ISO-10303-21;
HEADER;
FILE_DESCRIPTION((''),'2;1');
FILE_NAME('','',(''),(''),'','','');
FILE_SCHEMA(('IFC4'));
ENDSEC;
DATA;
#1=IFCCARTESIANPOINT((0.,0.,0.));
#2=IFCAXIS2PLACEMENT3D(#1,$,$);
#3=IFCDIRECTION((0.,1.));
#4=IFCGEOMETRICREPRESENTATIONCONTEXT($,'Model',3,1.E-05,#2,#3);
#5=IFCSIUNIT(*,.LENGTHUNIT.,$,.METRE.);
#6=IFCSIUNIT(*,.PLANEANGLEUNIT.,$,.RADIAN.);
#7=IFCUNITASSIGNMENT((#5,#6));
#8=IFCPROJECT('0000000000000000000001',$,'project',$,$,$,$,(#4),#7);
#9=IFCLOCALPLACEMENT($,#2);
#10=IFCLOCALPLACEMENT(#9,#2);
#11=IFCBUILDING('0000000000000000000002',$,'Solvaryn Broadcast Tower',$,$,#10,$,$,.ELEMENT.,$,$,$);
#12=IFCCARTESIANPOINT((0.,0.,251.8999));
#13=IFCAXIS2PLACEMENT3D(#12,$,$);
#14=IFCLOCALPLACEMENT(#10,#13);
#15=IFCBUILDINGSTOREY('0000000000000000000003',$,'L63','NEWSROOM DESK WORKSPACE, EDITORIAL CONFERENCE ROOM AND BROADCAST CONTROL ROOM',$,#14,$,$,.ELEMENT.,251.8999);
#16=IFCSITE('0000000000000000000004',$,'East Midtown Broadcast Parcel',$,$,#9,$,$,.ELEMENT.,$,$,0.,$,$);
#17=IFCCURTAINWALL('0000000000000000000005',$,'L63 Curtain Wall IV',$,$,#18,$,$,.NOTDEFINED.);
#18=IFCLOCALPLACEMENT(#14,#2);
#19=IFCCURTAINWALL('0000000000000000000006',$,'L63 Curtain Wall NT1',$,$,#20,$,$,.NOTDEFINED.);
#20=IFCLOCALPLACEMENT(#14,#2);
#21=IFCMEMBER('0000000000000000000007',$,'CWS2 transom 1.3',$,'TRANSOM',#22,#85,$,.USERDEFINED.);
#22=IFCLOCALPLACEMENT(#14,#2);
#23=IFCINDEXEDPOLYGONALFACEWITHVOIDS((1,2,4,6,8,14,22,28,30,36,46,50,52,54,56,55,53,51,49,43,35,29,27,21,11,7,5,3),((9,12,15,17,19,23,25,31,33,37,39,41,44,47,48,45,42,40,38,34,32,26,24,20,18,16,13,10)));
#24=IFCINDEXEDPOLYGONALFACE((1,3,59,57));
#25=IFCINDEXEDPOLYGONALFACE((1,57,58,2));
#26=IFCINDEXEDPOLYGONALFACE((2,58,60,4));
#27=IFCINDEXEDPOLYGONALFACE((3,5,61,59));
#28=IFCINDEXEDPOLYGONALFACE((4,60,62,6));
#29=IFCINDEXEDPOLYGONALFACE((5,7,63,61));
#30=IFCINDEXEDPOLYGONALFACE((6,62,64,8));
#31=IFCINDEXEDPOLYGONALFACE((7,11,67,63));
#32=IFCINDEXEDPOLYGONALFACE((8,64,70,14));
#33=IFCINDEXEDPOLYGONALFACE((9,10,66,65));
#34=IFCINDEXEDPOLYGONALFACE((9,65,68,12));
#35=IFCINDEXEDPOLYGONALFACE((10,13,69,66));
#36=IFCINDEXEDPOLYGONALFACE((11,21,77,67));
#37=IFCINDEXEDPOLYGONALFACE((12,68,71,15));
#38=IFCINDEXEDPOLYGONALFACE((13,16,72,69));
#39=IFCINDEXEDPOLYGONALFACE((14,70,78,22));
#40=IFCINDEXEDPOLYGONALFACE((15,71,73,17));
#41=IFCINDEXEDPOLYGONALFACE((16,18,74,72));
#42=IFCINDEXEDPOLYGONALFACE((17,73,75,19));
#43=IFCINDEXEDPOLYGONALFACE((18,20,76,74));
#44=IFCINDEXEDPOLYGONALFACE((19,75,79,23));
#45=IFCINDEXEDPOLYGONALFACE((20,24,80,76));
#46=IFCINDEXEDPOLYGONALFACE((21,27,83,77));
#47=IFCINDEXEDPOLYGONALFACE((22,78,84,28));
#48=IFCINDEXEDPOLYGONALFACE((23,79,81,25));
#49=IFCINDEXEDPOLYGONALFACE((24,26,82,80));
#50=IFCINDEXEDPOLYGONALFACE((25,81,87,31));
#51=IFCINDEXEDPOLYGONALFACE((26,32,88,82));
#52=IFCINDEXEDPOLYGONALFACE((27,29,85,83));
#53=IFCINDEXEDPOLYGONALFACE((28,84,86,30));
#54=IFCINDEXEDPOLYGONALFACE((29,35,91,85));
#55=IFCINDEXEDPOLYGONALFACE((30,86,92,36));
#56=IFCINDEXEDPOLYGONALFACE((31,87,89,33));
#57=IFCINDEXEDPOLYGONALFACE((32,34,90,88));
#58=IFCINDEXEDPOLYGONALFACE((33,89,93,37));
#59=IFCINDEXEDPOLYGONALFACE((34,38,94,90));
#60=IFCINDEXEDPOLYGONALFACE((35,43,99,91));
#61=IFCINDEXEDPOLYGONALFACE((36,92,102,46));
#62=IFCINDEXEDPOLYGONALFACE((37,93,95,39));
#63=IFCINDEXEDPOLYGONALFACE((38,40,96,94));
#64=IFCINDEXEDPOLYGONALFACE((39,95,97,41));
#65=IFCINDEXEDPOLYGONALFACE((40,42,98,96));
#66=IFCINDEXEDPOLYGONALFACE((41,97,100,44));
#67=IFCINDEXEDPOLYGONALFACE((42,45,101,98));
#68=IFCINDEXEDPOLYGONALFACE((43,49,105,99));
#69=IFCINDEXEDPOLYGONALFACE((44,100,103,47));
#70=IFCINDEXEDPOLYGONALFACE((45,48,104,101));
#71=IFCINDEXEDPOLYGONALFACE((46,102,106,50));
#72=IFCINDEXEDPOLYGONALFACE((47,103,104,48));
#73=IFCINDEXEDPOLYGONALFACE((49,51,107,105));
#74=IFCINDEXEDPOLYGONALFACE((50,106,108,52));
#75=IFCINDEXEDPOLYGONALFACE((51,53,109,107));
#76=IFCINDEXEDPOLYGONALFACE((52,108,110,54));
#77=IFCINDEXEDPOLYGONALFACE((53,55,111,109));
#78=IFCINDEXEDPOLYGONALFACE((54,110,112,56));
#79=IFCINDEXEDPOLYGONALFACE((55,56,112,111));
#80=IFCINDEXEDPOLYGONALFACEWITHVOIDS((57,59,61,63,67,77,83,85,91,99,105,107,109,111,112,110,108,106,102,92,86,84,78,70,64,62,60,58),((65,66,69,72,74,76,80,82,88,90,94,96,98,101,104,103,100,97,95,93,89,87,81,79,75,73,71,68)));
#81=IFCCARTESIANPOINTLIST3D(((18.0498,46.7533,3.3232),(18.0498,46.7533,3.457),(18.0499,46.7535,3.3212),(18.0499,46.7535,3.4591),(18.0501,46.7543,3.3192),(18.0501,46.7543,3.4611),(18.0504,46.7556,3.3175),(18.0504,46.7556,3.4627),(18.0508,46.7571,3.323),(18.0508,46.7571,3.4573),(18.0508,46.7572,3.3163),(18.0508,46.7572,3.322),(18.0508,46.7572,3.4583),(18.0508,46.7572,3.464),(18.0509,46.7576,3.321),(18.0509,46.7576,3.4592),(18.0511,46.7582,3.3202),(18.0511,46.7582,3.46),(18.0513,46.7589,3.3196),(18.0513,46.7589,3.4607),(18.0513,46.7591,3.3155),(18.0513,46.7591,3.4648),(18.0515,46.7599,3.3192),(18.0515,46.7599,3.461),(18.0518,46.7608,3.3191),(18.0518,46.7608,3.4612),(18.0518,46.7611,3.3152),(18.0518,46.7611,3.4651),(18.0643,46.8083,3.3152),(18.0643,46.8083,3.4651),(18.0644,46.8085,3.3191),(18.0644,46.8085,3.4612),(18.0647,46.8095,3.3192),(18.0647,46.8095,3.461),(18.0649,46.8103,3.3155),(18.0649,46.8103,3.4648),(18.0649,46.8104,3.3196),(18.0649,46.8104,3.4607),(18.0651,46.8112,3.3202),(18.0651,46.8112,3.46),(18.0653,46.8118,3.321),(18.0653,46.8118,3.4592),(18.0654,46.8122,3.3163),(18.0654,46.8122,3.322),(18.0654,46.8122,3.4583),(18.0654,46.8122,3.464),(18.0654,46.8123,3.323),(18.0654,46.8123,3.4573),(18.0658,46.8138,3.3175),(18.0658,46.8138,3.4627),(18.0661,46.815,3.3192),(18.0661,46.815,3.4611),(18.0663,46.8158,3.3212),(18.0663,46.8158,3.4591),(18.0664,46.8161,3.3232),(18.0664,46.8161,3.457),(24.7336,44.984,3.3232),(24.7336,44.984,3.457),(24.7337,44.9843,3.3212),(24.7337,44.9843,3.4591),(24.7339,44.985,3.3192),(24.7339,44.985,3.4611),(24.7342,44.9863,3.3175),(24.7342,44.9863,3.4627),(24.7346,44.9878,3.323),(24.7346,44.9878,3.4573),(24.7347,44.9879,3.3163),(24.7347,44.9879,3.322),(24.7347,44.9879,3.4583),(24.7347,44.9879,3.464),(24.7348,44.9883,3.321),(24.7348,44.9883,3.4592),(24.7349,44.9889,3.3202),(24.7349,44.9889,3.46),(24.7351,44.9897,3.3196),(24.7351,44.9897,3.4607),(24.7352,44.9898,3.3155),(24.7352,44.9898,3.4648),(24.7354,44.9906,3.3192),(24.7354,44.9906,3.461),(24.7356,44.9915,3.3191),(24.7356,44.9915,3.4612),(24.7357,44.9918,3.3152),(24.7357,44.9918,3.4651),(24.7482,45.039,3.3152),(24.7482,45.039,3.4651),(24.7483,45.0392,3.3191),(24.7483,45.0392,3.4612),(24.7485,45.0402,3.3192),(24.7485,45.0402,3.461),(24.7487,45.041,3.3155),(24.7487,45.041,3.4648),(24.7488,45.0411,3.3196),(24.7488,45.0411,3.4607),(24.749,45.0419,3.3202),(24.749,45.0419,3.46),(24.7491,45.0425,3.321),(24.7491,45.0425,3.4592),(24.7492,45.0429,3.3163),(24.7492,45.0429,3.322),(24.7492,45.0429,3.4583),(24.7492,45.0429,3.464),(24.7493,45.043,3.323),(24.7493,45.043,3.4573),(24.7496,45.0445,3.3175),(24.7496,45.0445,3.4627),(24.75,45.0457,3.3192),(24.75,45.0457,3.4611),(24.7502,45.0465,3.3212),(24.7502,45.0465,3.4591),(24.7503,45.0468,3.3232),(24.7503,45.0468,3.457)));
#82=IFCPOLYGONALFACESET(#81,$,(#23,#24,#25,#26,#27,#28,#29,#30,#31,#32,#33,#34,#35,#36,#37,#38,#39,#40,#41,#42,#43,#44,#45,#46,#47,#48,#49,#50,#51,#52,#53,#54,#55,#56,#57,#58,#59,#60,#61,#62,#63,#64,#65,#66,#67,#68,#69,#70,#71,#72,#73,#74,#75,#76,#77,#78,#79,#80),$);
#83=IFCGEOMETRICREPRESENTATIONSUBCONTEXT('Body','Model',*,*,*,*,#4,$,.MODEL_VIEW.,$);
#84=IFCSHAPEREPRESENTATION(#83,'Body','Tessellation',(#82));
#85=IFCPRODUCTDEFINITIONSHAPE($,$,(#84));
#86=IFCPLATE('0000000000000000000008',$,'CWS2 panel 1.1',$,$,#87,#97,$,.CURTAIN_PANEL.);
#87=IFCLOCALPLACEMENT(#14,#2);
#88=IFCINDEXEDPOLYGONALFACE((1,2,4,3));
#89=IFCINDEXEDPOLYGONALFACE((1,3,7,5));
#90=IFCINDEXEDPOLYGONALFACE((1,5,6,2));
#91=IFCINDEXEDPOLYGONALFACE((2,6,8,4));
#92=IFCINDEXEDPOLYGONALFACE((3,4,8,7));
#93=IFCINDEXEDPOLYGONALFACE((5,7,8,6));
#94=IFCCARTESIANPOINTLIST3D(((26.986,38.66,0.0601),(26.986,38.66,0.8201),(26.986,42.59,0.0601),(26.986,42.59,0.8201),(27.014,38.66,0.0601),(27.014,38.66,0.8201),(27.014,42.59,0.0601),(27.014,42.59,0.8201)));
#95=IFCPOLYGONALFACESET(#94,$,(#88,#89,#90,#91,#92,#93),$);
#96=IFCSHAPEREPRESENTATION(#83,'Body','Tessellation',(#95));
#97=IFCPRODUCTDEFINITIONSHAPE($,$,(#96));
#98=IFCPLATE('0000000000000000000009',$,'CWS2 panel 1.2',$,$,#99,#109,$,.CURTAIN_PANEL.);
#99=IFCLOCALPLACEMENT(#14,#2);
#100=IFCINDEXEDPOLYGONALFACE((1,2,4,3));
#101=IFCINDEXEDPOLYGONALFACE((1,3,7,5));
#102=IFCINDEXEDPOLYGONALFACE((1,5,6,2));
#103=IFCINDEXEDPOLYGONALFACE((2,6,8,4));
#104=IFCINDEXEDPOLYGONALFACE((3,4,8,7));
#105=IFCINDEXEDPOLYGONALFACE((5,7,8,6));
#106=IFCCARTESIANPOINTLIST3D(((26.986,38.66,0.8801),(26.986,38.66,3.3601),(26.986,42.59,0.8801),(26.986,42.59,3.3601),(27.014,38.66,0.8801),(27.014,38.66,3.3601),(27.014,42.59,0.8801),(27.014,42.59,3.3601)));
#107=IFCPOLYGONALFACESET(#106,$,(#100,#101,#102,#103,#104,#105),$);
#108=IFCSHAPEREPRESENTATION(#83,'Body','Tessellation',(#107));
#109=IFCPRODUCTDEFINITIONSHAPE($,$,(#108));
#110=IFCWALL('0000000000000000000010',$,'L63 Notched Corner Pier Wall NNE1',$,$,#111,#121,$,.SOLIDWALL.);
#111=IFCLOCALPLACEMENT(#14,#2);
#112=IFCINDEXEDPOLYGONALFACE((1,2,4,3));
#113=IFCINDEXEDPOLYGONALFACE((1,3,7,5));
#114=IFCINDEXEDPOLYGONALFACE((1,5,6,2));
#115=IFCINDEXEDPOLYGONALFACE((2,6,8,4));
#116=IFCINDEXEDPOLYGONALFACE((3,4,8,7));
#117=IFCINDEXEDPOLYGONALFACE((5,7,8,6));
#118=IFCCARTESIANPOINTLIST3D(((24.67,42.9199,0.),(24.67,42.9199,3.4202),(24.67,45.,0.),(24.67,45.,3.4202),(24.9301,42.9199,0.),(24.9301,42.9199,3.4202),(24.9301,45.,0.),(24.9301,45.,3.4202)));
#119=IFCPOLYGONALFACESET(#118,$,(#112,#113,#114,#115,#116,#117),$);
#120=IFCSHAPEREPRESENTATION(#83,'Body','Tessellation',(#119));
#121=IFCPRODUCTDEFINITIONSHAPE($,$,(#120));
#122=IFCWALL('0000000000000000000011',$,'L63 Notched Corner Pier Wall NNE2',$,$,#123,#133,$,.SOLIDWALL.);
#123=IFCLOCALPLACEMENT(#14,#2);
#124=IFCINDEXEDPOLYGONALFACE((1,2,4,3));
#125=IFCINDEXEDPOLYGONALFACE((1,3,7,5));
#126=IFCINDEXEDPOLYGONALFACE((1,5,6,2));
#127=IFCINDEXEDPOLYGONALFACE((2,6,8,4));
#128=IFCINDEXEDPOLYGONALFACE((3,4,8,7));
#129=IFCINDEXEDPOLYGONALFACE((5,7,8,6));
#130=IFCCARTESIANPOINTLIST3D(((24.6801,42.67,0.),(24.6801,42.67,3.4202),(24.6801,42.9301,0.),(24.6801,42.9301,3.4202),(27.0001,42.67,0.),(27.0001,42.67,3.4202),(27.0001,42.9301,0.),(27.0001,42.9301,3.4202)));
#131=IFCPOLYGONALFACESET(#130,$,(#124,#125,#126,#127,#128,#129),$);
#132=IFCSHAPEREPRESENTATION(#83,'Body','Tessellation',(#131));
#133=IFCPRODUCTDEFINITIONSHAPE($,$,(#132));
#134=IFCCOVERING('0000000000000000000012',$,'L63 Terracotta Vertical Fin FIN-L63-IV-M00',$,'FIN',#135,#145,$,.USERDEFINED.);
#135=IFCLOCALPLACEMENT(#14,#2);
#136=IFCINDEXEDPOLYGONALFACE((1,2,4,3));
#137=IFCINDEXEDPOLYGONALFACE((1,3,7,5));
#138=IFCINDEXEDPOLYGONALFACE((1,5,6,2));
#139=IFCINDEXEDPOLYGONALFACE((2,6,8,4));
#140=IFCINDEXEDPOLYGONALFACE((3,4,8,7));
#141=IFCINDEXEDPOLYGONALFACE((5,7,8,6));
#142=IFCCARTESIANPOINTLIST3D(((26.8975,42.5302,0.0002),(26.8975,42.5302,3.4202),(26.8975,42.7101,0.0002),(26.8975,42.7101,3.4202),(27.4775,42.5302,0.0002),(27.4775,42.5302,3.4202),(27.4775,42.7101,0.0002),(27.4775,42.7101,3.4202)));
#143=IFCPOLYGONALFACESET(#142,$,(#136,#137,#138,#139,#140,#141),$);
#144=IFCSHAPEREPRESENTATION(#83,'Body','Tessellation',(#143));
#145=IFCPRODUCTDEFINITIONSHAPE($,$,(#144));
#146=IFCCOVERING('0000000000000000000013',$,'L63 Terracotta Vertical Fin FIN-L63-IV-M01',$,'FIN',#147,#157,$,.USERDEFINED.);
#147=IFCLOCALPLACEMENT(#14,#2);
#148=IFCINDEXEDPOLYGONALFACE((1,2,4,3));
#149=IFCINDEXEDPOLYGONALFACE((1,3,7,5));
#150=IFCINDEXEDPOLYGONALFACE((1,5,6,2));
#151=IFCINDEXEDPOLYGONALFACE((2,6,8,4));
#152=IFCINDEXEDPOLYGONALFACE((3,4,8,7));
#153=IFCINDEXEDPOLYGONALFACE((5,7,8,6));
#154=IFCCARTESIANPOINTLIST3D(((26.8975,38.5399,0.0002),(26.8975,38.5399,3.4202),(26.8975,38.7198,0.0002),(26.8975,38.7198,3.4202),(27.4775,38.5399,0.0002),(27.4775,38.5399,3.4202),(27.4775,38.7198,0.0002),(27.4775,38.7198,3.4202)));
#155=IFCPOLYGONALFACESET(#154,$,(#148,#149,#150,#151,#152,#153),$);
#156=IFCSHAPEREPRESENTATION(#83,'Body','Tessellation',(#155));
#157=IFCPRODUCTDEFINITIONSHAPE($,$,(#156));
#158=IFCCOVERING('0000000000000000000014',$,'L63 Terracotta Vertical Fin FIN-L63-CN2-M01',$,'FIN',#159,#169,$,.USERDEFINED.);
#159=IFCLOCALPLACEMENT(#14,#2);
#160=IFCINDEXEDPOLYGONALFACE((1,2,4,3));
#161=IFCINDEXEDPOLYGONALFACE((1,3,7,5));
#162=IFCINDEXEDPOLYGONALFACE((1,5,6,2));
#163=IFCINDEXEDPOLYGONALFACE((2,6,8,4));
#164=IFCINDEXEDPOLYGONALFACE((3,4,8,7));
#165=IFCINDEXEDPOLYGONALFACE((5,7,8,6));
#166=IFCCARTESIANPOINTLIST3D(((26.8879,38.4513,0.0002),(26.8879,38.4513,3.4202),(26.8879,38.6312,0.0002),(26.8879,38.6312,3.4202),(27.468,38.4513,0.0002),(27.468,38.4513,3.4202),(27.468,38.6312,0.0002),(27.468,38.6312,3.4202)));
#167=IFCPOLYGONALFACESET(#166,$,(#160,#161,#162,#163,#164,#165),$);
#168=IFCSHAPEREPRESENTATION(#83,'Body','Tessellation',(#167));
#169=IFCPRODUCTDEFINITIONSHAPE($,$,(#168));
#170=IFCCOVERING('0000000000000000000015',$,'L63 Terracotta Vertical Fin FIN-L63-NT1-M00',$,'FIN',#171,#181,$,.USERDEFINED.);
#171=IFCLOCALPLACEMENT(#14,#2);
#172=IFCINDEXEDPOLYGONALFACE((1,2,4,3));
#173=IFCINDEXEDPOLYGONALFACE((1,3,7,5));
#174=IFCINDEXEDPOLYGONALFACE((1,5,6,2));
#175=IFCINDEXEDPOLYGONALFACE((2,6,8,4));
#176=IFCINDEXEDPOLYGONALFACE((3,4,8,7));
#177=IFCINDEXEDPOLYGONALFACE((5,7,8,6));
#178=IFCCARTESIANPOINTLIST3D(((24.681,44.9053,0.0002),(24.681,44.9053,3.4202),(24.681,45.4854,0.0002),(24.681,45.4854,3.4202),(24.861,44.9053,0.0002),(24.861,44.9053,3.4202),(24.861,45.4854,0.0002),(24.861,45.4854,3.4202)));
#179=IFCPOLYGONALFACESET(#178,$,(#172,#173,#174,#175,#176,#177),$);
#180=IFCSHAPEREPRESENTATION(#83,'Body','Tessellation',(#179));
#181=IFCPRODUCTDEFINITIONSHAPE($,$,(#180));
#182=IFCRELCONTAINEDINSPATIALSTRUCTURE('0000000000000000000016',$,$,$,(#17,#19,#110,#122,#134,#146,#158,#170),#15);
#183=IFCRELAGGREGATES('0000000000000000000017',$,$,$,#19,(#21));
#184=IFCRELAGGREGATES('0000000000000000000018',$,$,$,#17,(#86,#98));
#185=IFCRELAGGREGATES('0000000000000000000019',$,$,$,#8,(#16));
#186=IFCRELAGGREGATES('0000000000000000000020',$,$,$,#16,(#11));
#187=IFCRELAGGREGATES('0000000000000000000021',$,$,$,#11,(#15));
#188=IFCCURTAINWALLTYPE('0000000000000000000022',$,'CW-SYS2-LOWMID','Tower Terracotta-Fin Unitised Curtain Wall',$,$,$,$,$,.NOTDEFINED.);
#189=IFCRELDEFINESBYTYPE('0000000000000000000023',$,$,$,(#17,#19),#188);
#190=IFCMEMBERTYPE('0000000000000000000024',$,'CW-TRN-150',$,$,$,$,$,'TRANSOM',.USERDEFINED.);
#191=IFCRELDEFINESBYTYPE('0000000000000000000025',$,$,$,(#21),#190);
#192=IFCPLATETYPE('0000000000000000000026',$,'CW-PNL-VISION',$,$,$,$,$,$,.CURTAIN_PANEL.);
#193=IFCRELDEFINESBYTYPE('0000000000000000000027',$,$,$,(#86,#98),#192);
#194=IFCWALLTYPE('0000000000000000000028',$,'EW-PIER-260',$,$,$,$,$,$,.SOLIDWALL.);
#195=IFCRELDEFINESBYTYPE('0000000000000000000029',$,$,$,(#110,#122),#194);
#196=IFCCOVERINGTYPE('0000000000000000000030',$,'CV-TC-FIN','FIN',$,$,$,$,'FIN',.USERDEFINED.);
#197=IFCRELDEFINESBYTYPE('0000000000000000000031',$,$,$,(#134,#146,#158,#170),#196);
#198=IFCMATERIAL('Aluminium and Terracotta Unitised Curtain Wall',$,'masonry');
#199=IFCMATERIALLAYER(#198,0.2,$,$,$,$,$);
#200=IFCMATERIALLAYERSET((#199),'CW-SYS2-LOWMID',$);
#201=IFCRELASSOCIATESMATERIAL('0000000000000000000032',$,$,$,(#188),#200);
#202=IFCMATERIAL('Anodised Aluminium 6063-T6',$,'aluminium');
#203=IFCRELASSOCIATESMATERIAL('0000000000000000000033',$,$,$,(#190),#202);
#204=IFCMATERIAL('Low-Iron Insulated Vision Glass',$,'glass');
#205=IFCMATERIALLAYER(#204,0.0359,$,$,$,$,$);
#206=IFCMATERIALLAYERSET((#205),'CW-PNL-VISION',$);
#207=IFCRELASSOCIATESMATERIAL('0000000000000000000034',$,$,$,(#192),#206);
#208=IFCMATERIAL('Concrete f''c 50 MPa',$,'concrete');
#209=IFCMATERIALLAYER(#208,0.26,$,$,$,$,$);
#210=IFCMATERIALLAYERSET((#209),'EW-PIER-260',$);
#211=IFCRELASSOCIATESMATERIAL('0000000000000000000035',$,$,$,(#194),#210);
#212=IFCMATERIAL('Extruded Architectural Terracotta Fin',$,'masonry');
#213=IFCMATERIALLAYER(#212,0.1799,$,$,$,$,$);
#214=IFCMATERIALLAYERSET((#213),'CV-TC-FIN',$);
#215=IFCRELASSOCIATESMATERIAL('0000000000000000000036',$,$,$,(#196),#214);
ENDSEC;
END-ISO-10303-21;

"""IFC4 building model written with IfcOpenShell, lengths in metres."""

from ifc_helpers import new_model, si_unit, direction, frame, frame_2d, origin, origin_2d, place, context, subcontext, project, spatial, rectangle, hollow_rectangle, extrude, material, layer, layer_set, material_profile, profile_set, type_object, element, aggregate, save


model = new_model("IFC4")

# Units and contexts
model_context = context("Model", 3, precision=1e-05, world=origin(), true_north=direction((0.0, 1.0)))
body_context = subcontext(model_context, "Body", "Model", "MODEL_VIEW")
ifc_project = project(units=[si_unit("LENGTHUNIT", "METRE"), si_unit("PLANEANGLEUNIT", "RADIAN")], contexts=[model_context])

# Site, building, storey
site_placement = place(None, origin())
site = spatial("IfcSite", under=ifc_project, at=site_placement, Name="East Midtown Broadcast Parcel", CompositionType="ELEMENT", RefElevation=0.0)
building_placement = place(site_placement, origin())
building = spatial("IfcBuilding", under=site, at=building_placement, Name="Solvaryn Broadcast Tower", CompositionType="ELEMENT")
storey_placement = place(building_placement, frame((0.0, 0.0, 251.8999)))
storey = spatial("IfcBuildingStorey", under=building, at=storey_placement, Name="L63", Description="NEWSROOM DESK WORKSPACE, EDITORIAL CONFERENCE ROOM AND BROADCAST CONTROL ROOM", CompositionType="ELEMENT", Elevation=251.8999)

# Curtain wall
ifc_material_1 = material(Name="Aluminium and Terracotta Unitised Curtain Wall", Category="masonry")
ifc_layer_1 = layer(ifc_material_1, 0.2)
ifc_layer_set_1 = layer_set([ifc_layer_1], Name="CW-SYS2-LOWMID")
curtain_wall_type = type_object("IfcCurtainWallType", Name="CW-SYS2-LOWMID", Description="Tower Terracotta-Fin Unitised Curtain Wall", PredefinedType="NOTDEFINED", material=ifc_layer_set_1)
curtain_wall_1_placement = place(storey_placement, origin())
curtain_wall_1 = element("IfcCurtainWall", 1, at=curtain_wall_1_placement, inside=storey, type_object=curtain_wall_type, Name="L63 Curtain Wall IV", PredefinedType="NOTDEFINED")

# Curtain wall
curtain_wall_2_placement = place(storey_placement, origin())
curtain_wall_2 = element("IfcCurtainWall", 2, at=curtain_wall_2_placement, inside=storey, type_object=curtain_wall_type, Name="L63 Curtain Wall NT1", PredefinedType="NOTDEFINED")

# Member
ifc_material_2 = material(Name="Anodised Aluminium 6063-T6", Category="aluminium")
ifc_material_profile_1 = material_profile(ifc_material_2, hollow_rectangle(XDim=0.0649, YDim=0.1499, WallThickness=0.0039, InnerFilletRadius=0.0039, OuterFilletRadius=0.0081, at=origin_2d()))
ifc_profile_set_1 = profile_set([ifc_material_profile_1], Name="Anodised Aluminium 6063-T6")
member_type_1 = type_object("IfcMemberType", Name="CW-TRN-150", ElementType="TRANSOM", PredefinedType="USERDEFINED", material=ifc_profile_set_1)
member_1_placement = place(storey_placement, frame((24.7419, 45.0154, 3.3901), z_axis=(-0.966704, 0.255897, 0.0), x_axis=(-0.255897, -0.966704, 0.0)))
member_1 = element("IfcMember", 3, at=member_1_placement, type_object=member_type_1, Name="CWS2 transom 1.3", ObjectType="TRANSOM", PredefinedType="USERDEFINED", context=body_context, shape_type="SweptSolid", body=[
    extrude(hollow_rectangle(XDim=0.0649, YDim=0.1499, WallThickness=0.0039, InnerFilletRadius=0.0039, OuterFilletRadius=0.0081, at=origin_2d()), origin(), (0.0, 0.0, 1.0), 6.9141),
])
aggregate(curtain_wall_2, [member_1])

# Plates
ifc_material_3 = material(Name="Low-Iron Insulated Vision Glass", Category="glass")
ifc_layer_2 = layer(ifc_material_3, 0.0359)
ifc_layer_set_2 = layer_set([ifc_layer_2], Name="CW-PNL-VISION")
plate_type = type_object("IfcPlateType", Name="CW-PNL-VISION", PredefinedType="CURTAIN_PANEL", material=ifc_layer_set_2)
plate_1_placement = place(storey_placement, frame((27.0, 40.625, 0.0601), z_axis=(0.0, 0.0, 1.0), x_axis=(0.0, -1.0, 0.0)))
plate_1 = element("IfcPlate", 4, at=plate_1_placement, type_object=plate_type, Name="CWS2 panel 1.1", PredefinedType="CURTAIN_PANEL", context=body_context, shape_type="SweptSolid", body=[
    extrude(rectangle(XDim=3.9299, YDim=0.0281, at=origin_2d()), origin(), (0.0, 0.0, 1.0), 0.76),
])
plate_2_placement = place(storey_placement, frame((27.0, 40.625, 0.8801), z_axis=(0.0, 0.0, 1.0), x_axis=(0.0, -1.0, 0.0)))
plate_2 = element("IfcPlate", 5, at=plate_2_placement, type_object=plate_type, Name="CWS2 panel 1.2", PredefinedType="CURTAIN_PANEL", context=body_context, shape_type="SweptSolid", body=[
    extrude(rectangle(XDim=3.9299, YDim=0.0281, at=origin_2d()), origin(), (0.0, 0.0, 1.0), 2.48),
])
aggregate(curtain_wall_1, [plate_1, plate_2])

# Walls
ifc_material_4 = material(Name="Concrete f'c 50 MPa", Category="concrete")
ifc_layer_3 = layer(ifc_material_4, 0.26)
ifc_layer_set_3 = layer_set([ifc_layer_3], Name="EW-PIER-260")
wall_type_1 = type_object("IfcWallType", Name="EW-PIER-260", PredefinedType="SOLIDWALL", material=ifc_layer_set_3)
wall_1_placement = place(storey_placement, frame((24.8, 45.0, 0.0), z_axis=(0.0, 0.0, 1.0), x_axis=(0.0, -1.0, 0.0)))
element("IfcWall", 6, at=wall_1_placement, inside=storey, type_object=wall_type_1, Name="L63 Notched Corner Pier Wall NNE1", PredefinedType="SOLIDWALL", context=body_context, shape_type="SweptSolid", body=[
    extrude(rectangle(XDim=2.0801, YDim=0.26, at=frame_2d((1.04, 0.0))), origin(), (0.0, 0.0, 1.0), 3.4202),
])
wall_2_placement = place(storey_placement, frame((24.6799, 42.8, 0.0), z_axis=(0.0, 0.0, 1.0), x_axis=(1.0, 0.0, 0.0)))
element("IfcWall", 7, at=wall_2_placement, inside=storey, type_object=wall_type_1, Name="L63 Notched Corner Pier Wall NNE2", PredefinedType="SOLIDWALL", context=body_context, shape_type="SweptSolid", body=[
    extrude(rectangle(XDim=2.3201, YDim=0.26, at=frame_2d((1.1602, 0.0))), origin(), (0.0, 0.0, 1.0), 3.4202),
])

# Coverings
ifc_material_5 = material(Name="Extruded Architectural Terracotta Fin", Category="masonry")
ifc_layer_4 = layer(ifc_material_5, 0.1799)
ifc_layer_set_4 = layer_set([ifc_layer_4], Name="CV-TC-FIN")
covering_type = type_object("IfcCoveringType", Name="CV-TC-FIN", Description="FIN", ElementType="FIN", PredefinedType="USERDEFINED", material=ifc_layer_set_4)
for number, where, z_axis, x_axis, name in (
    (8, (27.1875, 42.6201, 0.0002), (0.0, 0.0, 1.0), (1.0, 0.0, 0.0), "L63 Terracotta Vertical Fin FIN-L63-IV-M00"),
    (9, (27.1875, 38.6299, 0.0002), (0.0, 0.0, 1.0), (1.0, 0.0, 0.0), "L63 Terracotta Vertical Fin FIN-L63-IV-M01"),
    (10, (27.178, 38.5413, 0.0002), (0.0, 0.0, 1.0), (1.0, 0.0, 0.0), "L63 Terracotta Vertical Fin FIN-L63-CN2-M01"),
):
    element("IfcCovering", number, at=place(storey_placement, frame(where, z_axis=z_axis, x_axis=x_axis)), inside=storey, type_object=covering_type, Name=name, ObjectType="FIN", PredefinedType="USERDEFINED", context=body_context, shape_type="SweptSolid", body=[
        extrude(rectangle(XDim=0.5801, YDim=0.1799, at=origin_2d()), origin(), (0.0, 0.0, 1.0), 3.4199),
    ])
covering_placement = place(storey_placement, frame((24.771, 45.1953, 0.0002), z_axis=(0.0, 0.0, 1.0), x_axis=(1.0, 0.0, 0.0)))
element("IfcCovering", 11, at=covering_placement, inside=storey, type_object=covering_type, Name="L63 Terracotta Vertical Fin FIN-L63-NT1-M00", ObjectType="FIN", PredefinedType="USERDEFINED", context=body_context, shape_type="SweptSolid", body=[
    extrude(rectangle(XDim=0.1799, YDim=0.5801, at=origin_2d()), origin(), (0.0, 0.0, 1.0), 3.4199),
])

save(model, "model.ifc")
